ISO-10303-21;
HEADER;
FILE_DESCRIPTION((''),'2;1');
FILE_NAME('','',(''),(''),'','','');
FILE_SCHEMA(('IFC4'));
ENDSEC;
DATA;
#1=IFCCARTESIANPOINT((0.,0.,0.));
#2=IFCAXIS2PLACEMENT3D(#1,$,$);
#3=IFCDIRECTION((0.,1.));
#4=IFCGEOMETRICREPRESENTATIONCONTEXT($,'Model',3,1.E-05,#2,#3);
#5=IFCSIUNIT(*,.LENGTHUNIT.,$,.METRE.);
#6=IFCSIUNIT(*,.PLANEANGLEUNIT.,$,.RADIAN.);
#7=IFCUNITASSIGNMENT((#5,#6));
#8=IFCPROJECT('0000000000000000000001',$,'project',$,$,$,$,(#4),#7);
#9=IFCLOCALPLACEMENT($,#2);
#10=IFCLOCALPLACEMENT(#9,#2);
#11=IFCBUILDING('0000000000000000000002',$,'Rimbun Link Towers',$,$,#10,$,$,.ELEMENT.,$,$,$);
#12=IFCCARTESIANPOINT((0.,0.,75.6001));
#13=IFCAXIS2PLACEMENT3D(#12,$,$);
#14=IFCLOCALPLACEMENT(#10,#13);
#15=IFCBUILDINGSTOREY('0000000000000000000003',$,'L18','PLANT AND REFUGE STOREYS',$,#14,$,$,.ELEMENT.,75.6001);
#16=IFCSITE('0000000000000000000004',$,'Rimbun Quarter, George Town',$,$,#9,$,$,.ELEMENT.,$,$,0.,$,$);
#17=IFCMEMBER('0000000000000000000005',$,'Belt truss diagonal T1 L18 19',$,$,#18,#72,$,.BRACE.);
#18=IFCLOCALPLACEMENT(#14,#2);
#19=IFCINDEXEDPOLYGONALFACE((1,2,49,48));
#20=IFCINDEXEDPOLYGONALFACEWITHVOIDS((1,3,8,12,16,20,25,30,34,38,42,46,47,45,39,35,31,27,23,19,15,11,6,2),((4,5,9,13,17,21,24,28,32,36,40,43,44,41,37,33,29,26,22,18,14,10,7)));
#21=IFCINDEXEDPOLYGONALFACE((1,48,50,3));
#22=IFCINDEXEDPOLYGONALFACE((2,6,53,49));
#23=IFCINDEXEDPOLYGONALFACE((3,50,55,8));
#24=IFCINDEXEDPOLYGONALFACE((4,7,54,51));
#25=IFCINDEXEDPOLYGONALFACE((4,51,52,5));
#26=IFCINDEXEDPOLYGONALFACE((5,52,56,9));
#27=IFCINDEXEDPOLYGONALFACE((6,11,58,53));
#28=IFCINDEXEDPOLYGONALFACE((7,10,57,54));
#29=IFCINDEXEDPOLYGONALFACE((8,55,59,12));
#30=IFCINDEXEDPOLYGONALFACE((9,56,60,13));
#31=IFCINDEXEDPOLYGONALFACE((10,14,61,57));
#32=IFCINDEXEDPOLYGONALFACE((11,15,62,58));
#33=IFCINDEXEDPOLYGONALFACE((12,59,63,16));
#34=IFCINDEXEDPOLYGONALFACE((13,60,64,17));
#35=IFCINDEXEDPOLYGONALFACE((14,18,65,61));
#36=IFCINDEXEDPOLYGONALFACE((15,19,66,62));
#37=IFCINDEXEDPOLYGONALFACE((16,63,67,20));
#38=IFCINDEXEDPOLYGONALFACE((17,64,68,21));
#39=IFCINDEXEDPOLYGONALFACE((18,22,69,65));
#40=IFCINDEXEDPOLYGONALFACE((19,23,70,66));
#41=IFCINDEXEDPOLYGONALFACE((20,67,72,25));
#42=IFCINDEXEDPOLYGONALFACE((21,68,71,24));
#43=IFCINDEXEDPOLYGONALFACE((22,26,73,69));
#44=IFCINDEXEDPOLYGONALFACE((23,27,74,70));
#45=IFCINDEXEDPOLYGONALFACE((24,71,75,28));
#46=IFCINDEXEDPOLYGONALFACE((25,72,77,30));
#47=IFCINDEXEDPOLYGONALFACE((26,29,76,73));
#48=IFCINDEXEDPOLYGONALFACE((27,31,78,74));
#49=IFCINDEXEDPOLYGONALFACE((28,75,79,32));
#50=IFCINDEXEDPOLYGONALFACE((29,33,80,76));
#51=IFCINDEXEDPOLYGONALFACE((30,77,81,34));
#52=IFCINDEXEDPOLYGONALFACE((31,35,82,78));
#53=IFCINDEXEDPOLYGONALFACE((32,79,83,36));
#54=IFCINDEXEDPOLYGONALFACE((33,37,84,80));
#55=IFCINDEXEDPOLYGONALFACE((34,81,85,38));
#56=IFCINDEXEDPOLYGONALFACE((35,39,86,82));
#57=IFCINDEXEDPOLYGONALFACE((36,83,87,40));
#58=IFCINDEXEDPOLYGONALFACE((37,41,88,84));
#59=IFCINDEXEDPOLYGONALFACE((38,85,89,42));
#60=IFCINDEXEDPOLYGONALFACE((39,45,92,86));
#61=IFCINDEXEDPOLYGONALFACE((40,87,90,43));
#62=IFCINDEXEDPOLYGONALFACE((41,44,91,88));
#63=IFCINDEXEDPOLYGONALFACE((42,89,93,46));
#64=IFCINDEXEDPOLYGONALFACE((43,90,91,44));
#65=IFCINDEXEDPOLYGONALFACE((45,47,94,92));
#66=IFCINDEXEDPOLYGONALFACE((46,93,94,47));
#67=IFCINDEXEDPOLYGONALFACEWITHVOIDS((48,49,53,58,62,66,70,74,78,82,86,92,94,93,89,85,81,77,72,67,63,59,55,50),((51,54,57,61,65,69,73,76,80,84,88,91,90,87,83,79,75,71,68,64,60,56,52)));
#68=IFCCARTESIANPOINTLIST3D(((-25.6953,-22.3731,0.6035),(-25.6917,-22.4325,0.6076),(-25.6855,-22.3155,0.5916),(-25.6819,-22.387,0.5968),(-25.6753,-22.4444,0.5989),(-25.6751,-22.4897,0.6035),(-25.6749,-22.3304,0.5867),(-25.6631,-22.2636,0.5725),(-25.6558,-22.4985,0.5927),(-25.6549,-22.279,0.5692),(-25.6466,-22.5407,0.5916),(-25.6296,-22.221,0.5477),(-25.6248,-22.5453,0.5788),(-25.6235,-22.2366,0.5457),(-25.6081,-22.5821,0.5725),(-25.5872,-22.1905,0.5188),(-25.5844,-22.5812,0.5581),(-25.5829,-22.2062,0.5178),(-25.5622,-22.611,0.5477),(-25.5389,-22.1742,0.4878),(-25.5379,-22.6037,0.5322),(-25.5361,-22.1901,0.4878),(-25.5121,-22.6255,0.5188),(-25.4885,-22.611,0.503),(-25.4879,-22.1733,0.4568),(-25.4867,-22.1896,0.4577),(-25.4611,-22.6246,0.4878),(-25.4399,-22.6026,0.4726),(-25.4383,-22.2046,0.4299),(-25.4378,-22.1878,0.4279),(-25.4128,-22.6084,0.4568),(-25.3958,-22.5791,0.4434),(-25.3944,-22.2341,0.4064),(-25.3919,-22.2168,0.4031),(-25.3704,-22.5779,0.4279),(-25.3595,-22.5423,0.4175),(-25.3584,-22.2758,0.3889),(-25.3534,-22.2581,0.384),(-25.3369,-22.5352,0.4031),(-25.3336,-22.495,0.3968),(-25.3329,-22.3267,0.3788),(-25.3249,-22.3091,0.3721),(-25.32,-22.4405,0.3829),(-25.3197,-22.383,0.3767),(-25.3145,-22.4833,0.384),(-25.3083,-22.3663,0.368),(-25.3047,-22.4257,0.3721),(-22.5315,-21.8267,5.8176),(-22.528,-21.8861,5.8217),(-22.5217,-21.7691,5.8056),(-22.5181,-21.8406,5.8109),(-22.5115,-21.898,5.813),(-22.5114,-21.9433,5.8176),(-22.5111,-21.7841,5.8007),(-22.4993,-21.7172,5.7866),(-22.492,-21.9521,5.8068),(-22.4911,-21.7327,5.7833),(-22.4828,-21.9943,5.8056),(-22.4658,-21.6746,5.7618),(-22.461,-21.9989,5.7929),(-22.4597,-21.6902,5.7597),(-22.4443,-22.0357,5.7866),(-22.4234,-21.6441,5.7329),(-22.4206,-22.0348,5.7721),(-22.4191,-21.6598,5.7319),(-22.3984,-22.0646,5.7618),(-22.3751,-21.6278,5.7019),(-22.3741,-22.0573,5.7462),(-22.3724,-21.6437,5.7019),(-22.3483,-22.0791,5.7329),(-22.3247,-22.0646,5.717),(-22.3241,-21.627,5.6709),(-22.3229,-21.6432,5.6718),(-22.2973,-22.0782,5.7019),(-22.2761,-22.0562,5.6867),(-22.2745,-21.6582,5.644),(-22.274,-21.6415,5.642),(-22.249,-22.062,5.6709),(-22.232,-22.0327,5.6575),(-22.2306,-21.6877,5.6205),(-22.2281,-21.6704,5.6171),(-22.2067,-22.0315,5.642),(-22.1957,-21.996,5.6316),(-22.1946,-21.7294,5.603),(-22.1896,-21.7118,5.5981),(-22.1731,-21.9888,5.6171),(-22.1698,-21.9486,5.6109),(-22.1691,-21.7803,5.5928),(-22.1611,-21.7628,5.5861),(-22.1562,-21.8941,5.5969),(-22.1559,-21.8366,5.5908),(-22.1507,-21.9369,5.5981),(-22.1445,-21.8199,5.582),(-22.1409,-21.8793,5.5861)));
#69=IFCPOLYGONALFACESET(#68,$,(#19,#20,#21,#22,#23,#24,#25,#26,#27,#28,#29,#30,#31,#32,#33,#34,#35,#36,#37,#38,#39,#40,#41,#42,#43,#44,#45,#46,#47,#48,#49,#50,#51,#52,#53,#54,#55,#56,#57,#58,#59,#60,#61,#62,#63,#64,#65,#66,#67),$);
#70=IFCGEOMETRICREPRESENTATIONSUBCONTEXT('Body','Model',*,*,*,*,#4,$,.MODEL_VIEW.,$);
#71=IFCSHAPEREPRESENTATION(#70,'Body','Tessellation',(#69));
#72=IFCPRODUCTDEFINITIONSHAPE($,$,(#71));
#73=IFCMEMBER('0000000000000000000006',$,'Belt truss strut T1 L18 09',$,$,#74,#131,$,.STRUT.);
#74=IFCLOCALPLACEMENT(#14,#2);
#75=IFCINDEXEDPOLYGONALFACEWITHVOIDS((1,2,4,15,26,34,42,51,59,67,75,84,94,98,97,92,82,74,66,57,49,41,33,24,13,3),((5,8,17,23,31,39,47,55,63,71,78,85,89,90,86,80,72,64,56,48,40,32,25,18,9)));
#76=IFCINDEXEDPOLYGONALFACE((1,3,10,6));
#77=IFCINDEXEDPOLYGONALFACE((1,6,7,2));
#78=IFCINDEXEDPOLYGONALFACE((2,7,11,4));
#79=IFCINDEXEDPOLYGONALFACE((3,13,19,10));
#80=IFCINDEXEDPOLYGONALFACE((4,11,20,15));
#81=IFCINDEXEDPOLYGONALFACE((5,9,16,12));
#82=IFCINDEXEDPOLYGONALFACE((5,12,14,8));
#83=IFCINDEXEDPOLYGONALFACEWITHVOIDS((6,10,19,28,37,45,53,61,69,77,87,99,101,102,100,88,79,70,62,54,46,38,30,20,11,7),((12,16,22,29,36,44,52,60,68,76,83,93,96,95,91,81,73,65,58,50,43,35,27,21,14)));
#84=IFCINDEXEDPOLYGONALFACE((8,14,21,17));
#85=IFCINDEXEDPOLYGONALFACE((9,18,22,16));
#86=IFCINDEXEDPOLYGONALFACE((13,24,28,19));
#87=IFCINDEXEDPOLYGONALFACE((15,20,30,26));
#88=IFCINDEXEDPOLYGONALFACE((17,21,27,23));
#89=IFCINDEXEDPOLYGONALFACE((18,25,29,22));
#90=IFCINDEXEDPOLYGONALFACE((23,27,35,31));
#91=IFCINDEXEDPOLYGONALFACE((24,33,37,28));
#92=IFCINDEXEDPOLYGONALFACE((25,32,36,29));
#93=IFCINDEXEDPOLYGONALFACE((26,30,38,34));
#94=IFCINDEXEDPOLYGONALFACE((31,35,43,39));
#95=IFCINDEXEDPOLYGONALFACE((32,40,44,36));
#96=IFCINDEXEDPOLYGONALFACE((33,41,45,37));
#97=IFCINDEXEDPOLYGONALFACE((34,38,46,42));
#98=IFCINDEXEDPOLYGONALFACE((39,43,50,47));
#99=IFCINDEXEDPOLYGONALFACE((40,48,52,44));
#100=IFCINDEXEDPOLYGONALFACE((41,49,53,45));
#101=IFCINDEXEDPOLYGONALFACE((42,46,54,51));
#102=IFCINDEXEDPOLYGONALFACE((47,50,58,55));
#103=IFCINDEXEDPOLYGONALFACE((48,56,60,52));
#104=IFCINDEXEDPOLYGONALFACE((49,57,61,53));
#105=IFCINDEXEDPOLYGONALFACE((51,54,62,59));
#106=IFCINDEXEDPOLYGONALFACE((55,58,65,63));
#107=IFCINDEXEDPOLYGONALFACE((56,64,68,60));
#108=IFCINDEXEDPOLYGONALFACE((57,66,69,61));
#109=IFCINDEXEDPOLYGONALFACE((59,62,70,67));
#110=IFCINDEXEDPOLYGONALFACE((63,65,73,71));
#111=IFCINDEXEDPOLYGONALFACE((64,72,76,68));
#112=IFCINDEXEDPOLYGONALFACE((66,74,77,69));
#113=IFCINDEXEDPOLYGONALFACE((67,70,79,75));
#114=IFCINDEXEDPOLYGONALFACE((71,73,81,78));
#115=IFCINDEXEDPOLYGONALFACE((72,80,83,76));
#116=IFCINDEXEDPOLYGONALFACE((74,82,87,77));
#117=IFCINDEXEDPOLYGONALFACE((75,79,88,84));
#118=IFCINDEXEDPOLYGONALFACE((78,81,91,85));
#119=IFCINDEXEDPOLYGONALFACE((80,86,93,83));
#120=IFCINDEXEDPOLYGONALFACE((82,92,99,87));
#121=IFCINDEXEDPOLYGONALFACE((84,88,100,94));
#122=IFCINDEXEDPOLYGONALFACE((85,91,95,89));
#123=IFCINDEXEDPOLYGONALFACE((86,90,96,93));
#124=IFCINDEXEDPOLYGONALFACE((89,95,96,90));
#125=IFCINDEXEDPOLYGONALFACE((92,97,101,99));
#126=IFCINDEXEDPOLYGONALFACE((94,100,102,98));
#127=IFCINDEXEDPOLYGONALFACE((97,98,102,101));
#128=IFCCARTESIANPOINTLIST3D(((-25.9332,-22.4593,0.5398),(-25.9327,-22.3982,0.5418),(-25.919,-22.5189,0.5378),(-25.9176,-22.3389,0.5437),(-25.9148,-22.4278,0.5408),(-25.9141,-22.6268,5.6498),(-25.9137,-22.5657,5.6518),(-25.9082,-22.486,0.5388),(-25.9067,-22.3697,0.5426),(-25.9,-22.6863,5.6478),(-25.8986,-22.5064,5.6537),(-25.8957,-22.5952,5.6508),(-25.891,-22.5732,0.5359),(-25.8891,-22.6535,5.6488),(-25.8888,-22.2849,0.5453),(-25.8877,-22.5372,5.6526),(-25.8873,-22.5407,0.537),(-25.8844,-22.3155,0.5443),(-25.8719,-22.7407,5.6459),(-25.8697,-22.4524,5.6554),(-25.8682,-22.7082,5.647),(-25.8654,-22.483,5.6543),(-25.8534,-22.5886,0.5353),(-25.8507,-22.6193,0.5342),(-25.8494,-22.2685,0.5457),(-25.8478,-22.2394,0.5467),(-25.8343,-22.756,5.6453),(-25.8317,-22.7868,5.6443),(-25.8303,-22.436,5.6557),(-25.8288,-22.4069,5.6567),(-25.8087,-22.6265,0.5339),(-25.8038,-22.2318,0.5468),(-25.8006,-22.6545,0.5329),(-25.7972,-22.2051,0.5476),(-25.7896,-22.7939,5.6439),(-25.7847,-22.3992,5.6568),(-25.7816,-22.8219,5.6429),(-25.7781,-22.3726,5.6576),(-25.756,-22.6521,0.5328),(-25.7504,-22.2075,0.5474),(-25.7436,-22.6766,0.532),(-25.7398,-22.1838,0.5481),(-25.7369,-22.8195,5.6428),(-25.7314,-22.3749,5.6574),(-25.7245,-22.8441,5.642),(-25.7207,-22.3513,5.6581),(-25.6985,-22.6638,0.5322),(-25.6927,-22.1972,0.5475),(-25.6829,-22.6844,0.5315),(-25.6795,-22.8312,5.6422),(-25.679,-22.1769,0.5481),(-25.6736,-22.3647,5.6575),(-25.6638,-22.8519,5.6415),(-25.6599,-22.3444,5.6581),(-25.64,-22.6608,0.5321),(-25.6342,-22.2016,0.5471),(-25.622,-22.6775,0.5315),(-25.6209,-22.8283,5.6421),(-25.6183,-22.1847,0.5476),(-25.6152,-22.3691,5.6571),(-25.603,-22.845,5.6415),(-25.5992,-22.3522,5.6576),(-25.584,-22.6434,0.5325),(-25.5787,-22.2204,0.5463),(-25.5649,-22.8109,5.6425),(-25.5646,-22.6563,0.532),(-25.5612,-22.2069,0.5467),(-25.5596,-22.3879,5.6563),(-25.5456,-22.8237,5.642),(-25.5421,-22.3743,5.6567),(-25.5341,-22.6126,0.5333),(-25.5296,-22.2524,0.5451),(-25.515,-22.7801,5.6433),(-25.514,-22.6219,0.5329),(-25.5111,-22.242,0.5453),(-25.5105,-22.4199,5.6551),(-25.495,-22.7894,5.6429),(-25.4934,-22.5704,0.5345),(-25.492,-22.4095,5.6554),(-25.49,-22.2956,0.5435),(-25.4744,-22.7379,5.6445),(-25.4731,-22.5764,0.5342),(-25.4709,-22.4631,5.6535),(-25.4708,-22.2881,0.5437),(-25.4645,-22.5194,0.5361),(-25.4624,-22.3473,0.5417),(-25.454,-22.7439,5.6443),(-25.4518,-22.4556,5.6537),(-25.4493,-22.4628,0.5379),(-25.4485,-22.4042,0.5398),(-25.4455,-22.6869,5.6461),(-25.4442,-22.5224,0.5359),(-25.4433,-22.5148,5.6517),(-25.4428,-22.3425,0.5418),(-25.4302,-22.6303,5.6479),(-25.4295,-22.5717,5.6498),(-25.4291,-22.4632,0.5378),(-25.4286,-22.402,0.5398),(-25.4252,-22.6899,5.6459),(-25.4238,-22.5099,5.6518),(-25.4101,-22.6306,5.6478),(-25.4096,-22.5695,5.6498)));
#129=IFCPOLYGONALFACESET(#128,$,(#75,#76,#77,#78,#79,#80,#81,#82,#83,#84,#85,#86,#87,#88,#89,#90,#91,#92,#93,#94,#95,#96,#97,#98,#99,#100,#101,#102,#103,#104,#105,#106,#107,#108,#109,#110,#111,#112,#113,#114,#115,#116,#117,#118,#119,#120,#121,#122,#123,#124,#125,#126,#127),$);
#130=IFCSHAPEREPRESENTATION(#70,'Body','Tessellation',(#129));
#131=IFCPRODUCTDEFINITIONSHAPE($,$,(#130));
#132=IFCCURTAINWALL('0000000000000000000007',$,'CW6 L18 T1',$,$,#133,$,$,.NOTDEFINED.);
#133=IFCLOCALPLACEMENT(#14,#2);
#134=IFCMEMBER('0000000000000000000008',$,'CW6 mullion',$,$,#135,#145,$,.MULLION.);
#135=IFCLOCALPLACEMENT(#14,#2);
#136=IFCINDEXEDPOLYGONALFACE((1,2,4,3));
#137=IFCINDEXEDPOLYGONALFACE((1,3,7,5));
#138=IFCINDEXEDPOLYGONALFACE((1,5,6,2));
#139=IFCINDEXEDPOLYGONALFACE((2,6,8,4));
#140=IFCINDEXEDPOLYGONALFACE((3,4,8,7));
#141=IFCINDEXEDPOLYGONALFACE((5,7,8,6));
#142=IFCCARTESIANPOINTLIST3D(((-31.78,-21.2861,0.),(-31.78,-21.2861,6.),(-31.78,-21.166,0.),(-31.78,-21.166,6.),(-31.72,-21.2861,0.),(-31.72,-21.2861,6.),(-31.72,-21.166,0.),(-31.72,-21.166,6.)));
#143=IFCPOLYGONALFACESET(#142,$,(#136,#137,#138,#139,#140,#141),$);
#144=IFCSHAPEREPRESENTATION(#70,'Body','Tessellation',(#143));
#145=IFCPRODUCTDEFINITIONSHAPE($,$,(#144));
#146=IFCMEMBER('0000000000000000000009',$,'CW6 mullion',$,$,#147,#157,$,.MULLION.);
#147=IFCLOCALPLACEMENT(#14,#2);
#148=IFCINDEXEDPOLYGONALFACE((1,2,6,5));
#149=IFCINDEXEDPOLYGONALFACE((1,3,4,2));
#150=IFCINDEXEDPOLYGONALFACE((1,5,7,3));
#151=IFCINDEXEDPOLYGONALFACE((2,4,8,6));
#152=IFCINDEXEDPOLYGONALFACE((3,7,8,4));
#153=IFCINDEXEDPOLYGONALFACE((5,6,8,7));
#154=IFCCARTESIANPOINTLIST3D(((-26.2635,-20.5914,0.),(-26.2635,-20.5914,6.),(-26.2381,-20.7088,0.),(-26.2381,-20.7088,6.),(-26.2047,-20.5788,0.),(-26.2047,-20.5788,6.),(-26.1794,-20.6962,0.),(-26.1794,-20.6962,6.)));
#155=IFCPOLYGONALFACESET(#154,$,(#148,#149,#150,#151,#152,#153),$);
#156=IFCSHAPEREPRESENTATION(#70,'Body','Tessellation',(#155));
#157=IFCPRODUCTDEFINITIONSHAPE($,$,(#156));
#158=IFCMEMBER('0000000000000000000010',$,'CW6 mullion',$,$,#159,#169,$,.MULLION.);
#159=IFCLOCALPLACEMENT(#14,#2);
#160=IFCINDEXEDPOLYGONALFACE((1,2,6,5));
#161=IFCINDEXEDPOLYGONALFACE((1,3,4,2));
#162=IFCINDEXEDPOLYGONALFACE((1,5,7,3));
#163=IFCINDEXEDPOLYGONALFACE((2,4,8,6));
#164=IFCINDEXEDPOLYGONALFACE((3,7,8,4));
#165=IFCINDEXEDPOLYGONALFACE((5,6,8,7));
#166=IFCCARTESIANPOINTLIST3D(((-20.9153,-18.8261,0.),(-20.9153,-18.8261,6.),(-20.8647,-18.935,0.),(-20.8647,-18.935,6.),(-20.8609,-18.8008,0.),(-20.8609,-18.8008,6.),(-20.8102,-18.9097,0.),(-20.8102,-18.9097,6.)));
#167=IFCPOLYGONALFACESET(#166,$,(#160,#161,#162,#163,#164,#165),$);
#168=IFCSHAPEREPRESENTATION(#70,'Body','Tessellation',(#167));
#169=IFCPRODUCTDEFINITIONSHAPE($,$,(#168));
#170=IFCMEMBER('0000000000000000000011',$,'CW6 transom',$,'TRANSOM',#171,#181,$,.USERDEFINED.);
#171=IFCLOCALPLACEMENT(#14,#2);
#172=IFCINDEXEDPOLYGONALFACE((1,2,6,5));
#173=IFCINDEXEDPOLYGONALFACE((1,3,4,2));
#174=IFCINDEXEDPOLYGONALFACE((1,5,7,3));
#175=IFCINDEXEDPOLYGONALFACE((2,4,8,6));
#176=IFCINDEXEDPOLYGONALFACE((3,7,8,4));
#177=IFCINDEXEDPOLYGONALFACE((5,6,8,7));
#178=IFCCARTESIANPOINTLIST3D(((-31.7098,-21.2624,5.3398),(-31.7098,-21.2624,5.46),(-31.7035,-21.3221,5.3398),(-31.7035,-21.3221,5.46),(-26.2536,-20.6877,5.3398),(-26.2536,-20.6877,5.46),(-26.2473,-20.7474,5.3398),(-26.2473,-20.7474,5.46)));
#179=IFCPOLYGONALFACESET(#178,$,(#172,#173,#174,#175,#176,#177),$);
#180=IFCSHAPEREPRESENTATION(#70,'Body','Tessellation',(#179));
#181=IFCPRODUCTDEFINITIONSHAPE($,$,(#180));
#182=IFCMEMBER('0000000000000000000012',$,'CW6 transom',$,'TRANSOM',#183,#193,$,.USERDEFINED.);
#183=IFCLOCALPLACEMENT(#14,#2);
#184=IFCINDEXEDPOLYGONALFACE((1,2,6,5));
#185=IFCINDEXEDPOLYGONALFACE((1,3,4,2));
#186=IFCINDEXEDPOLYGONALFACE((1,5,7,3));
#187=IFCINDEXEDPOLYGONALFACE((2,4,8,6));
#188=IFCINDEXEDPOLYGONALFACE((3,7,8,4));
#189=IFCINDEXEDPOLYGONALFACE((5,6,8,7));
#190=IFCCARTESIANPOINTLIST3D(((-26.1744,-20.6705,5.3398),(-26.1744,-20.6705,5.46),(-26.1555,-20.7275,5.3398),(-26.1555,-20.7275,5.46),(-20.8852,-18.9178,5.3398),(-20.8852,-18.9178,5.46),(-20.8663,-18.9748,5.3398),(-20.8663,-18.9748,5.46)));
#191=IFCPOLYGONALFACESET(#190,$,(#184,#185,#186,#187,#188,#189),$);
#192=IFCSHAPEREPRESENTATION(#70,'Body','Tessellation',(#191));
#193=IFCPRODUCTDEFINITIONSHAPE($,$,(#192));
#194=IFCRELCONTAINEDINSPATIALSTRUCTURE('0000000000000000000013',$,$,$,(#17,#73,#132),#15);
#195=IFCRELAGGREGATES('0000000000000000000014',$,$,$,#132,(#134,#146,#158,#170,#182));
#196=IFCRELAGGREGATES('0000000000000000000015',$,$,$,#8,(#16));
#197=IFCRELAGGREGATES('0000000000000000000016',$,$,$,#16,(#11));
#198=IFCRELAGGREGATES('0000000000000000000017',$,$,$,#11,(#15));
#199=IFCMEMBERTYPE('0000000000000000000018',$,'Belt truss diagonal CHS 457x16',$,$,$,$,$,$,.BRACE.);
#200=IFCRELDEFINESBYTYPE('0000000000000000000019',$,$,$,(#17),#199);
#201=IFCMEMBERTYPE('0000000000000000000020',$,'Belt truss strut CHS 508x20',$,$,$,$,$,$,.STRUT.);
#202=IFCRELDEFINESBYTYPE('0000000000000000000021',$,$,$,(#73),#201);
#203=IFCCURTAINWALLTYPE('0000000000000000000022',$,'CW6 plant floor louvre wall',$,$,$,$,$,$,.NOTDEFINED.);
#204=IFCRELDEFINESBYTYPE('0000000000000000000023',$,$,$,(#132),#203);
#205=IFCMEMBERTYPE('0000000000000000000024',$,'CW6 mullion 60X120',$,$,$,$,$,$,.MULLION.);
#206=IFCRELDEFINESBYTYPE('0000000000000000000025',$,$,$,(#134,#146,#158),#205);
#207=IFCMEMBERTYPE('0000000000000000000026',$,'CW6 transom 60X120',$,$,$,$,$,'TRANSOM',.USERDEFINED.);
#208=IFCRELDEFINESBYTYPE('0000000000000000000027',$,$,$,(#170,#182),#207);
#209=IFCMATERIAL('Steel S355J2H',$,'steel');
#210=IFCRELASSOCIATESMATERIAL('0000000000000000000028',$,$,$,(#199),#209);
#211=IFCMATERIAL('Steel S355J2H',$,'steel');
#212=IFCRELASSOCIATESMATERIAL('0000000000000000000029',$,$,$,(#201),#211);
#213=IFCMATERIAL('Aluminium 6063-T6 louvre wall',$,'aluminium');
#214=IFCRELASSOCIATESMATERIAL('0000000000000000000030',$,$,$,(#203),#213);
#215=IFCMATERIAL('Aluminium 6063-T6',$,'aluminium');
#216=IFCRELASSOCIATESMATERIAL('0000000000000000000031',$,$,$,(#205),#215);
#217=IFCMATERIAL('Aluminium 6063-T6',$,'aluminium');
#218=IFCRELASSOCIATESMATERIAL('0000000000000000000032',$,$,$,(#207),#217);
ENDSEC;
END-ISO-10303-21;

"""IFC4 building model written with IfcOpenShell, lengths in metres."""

from ifc_helpers import new_model, si_unit, direction, frame, origin, origin_2d, place, context, subcontext, project, spatial, rectangle, hollow_circle, extrude, material, material_profile, profile_set, type_object, element, aggregate, save


model = new_model("IFC4")

# Units and contexts
model_context = context("Model", 3, precision=1e-05, world=origin(), true_north=direction((0.0, 1.0)))
body_context = subcontext(model_context, "Body", "Model", "MODEL_VIEW")
ifc_project = project(units=[si_unit("LENGTHUNIT", "METRE"), si_unit("PLANEANGLEUNIT", "RADIAN")], contexts=[model_context])

# Site, building, storey
site_placement = place(None, origin())
site = spatial("IfcSite", under=ifc_project, at=site_placement, Name="Rimbun Quarter, George Town", CompositionType="ELEMENT", RefElevation=0.0)
building_placement = place(site_placement, origin())
building = spatial("IfcBuilding", under=site, at=building_placement, Name="Rimbun Link Towers", CompositionType="ELEMENT")
storey_placement = place(building_placement, frame((0.0, 0.0, 75.6001)))
storey = spatial("IfcBuildingStorey", under=building, at=storey_placement, Name="L18", Description="PLANT AND REFUGE STOREYS", CompositionType="ELEMENT", Elevation=75.6001)

# Members
ifc_material_1 = material(Name="Steel S355J2H", Category="steel")
ifc_material_profile_1 = material_profile(ifc_material_1, hollow_circle(Radius=0.2285, WallThickness=0.0161, at=origin_2d()), Name="Belt truss diagonal CHS 457x16")
ifc_profile_set_1 = profile_set([ifc_material_profile_1], Name="Steel S355J2H")
member_type_1 = type_object("IfcMemberType", Name="Belt truss diagonal CHS 457x16", PredefinedType="BRACE", material=ifc_profile_set_1)
member_1_placement = place(storey_placement, frame((-25.5, -22.3994, 0.4878), z_axis=(0.516682, 0.08923, 0.851515), x_axis=(-0.170179, 0.985413, 0.0)))
element("IfcMember", 1, at=member_1_placement, inside=storey, type_object=member_type_1, Name="Belt truss diagonal T1 L18 19", PredefinedType="BRACE", context=body_context, shape_type="SweptSolid", body=[
    extrude(hollow_circle(Radius=0.2285, WallThickness=0.0161, at=origin_2d()), origin(), (0.0, 0.0, 1.0), 6.1233),
])
ifc_material_2 = material(Name="Steel S355J2H", Category="steel")
ifc_material_profile_2 = material_profile(ifc_material_2, hollow_circle(Radius=0.2539, WallThickness=0.02, at=origin_2d()), Name="Belt truss strut CHS 508x20")
ifc_profile_set_2 = profile_set([ifc_material_profile_2], Name="Steel S355J2H")
member_type_2 = type_object("IfcMemberType", Name="Belt truss strut CHS 508x20", PredefinedType="STRUT", material=ifc_profile_set_2)
member_2_placement = place(storey_placement, frame((-25.6809, -22.4307, 0.5398), z_axis=(0.003725, -0.032757, 0.999456), x_axis=(0.993598, 0.112975, 0.0)))
element("IfcMember", 2, at=member_2_placement, inside=storey, type_object=member_type_2, Name="Belt truss strut T1 L18 09", PredefinedType="STRUT", context=body_context, shape_type="SweptSolid", body=[
    extrude(hollow_circle(Radius=0.2539, WallThickness=0.02, at=origin_2d()), origin(), (0.0, 0.0, 1.0), 5.1128),
])

# Curtain wall, members
ifc_material_3 = material(Name="Aluminium 6063-T6 louvre wall", Category="aluminium")
curtain_wall_type = type_object("IfcCurtainWallType", Name="CW6 plant floor louvre wall", PredefinedType="NOTDEFINED", material=ifc_material_3)
curtain_wall_placement = place(storey_placement, origin())
curtain_wall = element("IfcCurtainWall", 3, at=curtain_wall_placement, inside=storey, type_object=curtain_wall_type, Name="CW6 L18 T1", PredefinedType="NOTDEFINED")
ifc_material_4 = material(Name="Aluminium 6063-T6", Category="aluminium")
ifc_material_profile_3 = material_profile(ifc_material_4, rectangle(XDim=0.1201, YDim=0.0601, at=origin_2d()), Name="MULLION 60X120")
ifc_profile_set_3 = profile_set([ifc_material_profile_3], Name="Aluminium 6063-T6")
member_type_3 = type_object("IfcMemberType", Name="CW6 mullion 60X120", PredefinedType="MULLION", material=ifc_profile_set_3)
member_3_placement = place(storey_placement, frame((-31.75, -21.2261, 0.0), z_axis=(0.0, 0.0, 1.0), x_axis=(0.0, -1.0, 0.0)))
member_3 = element("IfcMember", 4, at=member_3_placement, type_object=member_type_3, Name="CW6 mullion", PredefinedType="MULLION", context=body_context, shape_type="SweptSolid", body=[
    extrude(rectangle(XDim=0.1201, YDim=0.0601, at=origin_2d()), origin(), (0.0, 0.0, 1.0), 6.0),
])
member_4_placement = place(storey_placement, frame((-26.2214, -20.6438, 0.0), z_axis=(0.0, 0.0, 1.0), x_axis=(0.210874, -0.977513, 0.0)))
member_4 = element("IfcMember", 5, at=member_4_placement, type_object=member_type_3, Name="CW6 mullion", PredefinedType="MULLION", context=body_context, shape_type="SweptSolid", body=[
    extrude(rectangle(XDim=0.1201, YDim=0.0601, at=origin_2d()), origin(), (0.0, 0.0, 1.0), 6.0),
])
member_5_placement = place(storey_placement, frame((-20.8628, -18.8679, 0.0), z_axis=(0.0, 0.0, 1.0), x_axis=(0.421707, -0.906732, 0.0)))
member_5 = element("IfcMember", 6, at=member_5_placement, type_object=member_type_3, Name="CW6 mullion", PredefinedType="MULLION", context=body_context, shape_type="SweptSolid", body=[
    extrude(rectangle(XDim=0.1201, YDim=0.0601, at=origin_2d()), origin(), (0.0, 0.0, 1.0), 6.0),
])
ifc_material_5 = material(Name="Aluminium 6063-T6", Category="aluminium")
ifc_material_profile_4 = material_profile(ifc_material_5, rectangle(XDim=0.0601, YDim=0.1201, at=origin_2d()), Name="TRANSOM 60X120")
ifc_profile_set_4 = profile_set([ifc_material_profile_4], Name="Aluminium 6063-T6")
member_type_4 = type_object("IfcMemberType", Name="CW6 transom 60X120", ElementType="TRANSOM", PredefinedType="USERDEFINED", material=ifc_profile_set_4)
member_6_placement = place(storey_placement, frame((-26.2505, -20.7175, 5.3999), z_axis=(-0.994498, -0.104754, 0.0), x_axis=(0.104754, -0.994498, 0.0)))
member_6 = element("IfcMember", 7, at=member_6_placement, type_object=member_type_4, Name="CW6 transom", ObjectType="TRANSOM", PredefinedType="USERDEFINED", context=body_context, shape_type="SweptSolid", body=[
    extrude(rectangle(XDim=0.0601, YDim=0.1201, at=origin_2d()), origin(), (0.0, 0.0, 1.0), 5.4863),
])
member_7_placement = place(storey_placement, frame((-20.8757, -18.9463, 5.3999), z_axis=(-0.949238, -0.314558, 0.0), x_axis=(0.314558, -0.949238, 0.0)))
member_7 = element("IfcMember", 8, at=member_7_placement, type_object=member_type_4, Name="CW6 transom", ObjectType="TRANSOM", PredefinedType="USERDEFINED", context=body_context, shape_type="SweptSolid", body=[
    extrude(rectangle(XDim=0.0601, YDim=0.1201, at=origin_2d()), origin(), (0.0, 0.0, 1.0), 5.572),
])

aggregate(curtain_wall, [member_3, member_4, member_5, member_6, member_7])

save(model, "model.ifc")
